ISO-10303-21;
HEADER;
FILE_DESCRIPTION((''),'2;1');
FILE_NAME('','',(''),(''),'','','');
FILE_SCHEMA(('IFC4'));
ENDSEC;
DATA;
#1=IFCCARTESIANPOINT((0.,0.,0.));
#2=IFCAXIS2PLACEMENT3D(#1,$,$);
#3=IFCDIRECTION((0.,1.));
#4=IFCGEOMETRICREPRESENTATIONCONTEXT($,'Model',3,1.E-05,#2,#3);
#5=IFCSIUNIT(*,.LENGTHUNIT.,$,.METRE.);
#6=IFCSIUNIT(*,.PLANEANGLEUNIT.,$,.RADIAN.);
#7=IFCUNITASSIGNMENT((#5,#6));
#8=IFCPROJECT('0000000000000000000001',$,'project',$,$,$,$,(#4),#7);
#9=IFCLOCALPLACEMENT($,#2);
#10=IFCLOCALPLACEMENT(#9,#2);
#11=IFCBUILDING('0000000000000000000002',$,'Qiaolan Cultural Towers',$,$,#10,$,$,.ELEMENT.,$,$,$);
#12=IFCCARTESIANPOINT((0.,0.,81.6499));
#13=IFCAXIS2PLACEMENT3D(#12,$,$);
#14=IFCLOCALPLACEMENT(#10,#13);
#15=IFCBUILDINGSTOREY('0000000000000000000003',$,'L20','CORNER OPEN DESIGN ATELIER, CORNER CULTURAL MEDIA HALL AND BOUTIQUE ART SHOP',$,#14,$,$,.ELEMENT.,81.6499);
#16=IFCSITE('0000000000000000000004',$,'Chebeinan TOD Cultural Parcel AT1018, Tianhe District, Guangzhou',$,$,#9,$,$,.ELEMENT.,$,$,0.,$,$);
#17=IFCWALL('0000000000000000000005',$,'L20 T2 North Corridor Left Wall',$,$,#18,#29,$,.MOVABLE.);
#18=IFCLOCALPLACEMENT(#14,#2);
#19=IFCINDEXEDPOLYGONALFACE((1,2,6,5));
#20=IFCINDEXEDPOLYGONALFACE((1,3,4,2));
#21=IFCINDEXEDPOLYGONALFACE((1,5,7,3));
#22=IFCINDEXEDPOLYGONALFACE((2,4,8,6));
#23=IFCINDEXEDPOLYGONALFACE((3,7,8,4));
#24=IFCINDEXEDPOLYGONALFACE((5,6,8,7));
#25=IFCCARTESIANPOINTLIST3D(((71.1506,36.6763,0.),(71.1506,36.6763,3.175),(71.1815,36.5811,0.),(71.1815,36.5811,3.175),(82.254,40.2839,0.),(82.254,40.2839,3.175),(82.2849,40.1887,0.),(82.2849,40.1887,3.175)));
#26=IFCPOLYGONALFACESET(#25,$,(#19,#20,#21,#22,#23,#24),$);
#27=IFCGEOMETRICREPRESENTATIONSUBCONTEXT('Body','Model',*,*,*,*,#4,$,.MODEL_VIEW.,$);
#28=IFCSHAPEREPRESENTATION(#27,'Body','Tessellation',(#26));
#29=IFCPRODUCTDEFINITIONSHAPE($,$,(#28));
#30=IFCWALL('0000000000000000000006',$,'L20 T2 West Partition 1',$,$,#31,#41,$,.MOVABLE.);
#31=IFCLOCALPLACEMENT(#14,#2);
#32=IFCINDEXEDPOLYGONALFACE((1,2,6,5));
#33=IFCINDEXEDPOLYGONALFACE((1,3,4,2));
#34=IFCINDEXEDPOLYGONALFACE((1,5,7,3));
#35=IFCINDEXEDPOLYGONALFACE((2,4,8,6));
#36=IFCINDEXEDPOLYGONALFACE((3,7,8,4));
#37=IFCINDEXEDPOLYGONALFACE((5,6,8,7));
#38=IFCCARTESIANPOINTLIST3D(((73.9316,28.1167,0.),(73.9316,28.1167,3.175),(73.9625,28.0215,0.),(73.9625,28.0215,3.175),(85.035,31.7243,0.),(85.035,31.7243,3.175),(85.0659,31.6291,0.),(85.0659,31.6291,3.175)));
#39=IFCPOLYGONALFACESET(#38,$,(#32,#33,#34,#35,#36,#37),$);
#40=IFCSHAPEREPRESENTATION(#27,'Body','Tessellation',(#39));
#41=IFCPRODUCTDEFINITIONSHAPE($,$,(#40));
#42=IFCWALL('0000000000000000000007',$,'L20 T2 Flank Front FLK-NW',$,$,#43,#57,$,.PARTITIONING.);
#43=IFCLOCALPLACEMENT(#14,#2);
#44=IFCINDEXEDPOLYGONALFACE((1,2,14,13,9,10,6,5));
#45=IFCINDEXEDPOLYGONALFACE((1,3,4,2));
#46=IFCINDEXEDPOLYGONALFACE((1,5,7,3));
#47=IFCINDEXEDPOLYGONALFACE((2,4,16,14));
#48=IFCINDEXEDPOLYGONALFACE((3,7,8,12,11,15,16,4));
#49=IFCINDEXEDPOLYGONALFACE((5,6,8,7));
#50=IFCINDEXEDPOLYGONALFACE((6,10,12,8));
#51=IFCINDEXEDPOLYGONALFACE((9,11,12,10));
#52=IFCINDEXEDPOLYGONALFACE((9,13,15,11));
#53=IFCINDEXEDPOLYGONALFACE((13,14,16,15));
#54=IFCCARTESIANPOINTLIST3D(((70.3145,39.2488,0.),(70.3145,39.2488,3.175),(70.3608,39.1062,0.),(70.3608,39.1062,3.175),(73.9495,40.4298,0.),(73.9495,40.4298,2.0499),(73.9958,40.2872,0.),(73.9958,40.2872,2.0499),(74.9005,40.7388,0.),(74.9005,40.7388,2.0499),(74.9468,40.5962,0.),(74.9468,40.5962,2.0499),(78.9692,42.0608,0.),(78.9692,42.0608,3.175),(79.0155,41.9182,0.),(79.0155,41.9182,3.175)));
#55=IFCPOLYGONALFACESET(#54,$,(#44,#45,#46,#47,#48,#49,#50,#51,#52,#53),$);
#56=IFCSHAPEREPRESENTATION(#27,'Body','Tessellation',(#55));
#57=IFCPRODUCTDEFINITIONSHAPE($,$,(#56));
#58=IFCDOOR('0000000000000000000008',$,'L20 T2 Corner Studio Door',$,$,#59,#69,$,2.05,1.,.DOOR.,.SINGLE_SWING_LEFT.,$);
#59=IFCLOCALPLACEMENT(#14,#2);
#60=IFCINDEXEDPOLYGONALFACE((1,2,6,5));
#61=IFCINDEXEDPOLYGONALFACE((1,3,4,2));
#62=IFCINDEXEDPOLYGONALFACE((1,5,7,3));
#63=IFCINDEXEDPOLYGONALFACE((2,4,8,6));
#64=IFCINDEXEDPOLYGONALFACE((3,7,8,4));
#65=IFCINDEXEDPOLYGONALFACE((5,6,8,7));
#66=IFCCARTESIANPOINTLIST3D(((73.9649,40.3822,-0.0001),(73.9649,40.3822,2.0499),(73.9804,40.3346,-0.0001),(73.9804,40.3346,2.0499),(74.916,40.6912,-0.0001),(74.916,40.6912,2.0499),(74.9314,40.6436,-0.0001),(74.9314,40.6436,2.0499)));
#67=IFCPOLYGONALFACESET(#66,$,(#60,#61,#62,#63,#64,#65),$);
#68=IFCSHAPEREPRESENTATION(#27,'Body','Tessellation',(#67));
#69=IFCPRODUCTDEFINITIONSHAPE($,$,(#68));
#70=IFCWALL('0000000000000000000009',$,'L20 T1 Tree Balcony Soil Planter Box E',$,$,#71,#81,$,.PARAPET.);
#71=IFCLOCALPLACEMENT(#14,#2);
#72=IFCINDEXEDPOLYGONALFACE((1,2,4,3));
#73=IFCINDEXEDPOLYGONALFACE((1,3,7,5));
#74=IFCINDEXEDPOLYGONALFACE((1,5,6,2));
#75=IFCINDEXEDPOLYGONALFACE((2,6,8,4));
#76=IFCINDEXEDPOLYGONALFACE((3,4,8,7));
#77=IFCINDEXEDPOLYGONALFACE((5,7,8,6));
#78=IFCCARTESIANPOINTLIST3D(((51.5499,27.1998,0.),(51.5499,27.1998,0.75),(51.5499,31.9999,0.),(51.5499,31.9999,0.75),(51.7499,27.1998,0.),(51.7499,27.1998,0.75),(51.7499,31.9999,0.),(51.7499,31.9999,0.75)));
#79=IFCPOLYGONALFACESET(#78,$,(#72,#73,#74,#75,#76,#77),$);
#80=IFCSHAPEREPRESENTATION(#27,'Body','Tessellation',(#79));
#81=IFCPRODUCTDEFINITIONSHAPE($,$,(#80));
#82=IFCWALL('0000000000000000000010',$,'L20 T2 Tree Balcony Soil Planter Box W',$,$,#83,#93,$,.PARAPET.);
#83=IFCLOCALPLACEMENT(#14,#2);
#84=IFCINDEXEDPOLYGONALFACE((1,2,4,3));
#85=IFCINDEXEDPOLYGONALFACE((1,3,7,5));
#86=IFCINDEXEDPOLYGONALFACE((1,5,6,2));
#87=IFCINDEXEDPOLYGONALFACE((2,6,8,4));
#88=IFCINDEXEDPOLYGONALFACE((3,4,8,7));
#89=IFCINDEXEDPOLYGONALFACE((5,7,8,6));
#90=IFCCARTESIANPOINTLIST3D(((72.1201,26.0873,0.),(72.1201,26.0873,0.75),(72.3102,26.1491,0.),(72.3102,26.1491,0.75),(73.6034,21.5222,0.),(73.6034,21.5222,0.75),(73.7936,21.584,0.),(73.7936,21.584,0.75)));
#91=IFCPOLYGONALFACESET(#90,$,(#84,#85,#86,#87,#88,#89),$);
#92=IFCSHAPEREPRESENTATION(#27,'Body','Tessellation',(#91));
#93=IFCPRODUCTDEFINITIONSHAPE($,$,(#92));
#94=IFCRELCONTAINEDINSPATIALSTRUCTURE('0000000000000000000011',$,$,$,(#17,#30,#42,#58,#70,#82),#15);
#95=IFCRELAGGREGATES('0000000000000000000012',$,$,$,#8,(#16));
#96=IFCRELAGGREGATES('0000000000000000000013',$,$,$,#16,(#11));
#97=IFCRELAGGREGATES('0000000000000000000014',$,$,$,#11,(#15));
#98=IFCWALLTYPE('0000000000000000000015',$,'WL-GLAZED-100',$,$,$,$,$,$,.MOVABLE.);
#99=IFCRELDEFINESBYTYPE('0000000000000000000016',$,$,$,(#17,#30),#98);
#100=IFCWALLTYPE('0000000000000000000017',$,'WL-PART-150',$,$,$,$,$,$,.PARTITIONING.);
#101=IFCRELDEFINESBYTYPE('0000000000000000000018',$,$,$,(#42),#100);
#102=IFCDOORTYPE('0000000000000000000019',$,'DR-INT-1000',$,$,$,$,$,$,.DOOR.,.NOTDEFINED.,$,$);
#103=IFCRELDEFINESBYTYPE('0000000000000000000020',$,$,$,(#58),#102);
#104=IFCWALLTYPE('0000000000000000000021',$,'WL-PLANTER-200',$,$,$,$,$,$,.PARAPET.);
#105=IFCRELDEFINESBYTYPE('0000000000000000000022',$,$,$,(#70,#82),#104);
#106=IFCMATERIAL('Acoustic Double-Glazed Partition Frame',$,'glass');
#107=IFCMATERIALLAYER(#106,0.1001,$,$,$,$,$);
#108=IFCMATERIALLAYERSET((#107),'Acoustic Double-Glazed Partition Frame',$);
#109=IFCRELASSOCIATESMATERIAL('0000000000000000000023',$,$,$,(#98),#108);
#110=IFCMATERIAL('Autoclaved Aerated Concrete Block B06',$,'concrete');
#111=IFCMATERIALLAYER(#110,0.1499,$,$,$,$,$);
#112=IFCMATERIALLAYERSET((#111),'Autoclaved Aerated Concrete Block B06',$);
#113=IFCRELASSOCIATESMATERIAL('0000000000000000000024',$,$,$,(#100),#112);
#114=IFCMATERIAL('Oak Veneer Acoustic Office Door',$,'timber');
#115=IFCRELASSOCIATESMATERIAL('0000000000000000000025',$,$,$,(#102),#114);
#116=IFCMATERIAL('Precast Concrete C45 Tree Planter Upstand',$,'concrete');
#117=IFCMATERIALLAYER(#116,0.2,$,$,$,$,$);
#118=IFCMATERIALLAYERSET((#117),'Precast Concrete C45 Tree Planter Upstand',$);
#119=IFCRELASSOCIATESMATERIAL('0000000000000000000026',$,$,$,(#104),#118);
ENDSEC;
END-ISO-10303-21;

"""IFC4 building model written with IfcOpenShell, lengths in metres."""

from ifc_helpers import new_model, si_unit, direction, frame, frame_2d, origin, place, context, subcontext, project, spatial, rectangle, extrude, material, layer, layer_set, type_object, element, fill, save


model = new_model("IFC4")

# Units and contexts
model_context = context("Model", 3, precision=1e-05, world=origin(), true_north=direction((0.0, 1.0)))
body_context = subcontext(model_context, "Body", "Model", "MODEL_VIEW")
ifc_project = project(units=[si_unit("LENGTHUNIT", "METRE"), si_unit("PLANEANGLEUNIT", "RADIAN")], contexts=[model_context])

# Site, building, storey
site_placement = place(None, origin())
site = spatial("IfcSite", under=ifc_project, at=site_placement, Name="Chebeinan TOD Cultural Parcel AT1018, Tianhe District, Guangzhou", CompositionType="ELEMENT", RefElevation=0.0)
building_placement = place(site_placement, origin())
building = spatial("IfcBuilding", under=site, at=building_placement, Name="Qiaolan Cultural Towers", CompositionType="ELEMENT")
storey_placement = place(building_placement, frame((0.0, 0.0, 81.6499)))
storey = spatial("IfcBuildingStorey", under=building, at=storey_placement, Name="L20", Description="CORNER OPEN DESIGN ATELIER, CORNER CULTURAL MEDIA HALL AND BOUTIQUE ART SHOP", CompositionType="ELEMENT", Elevation=81.6499)

# Walls
ifc_material_1 = material(Name="Acoustic Double-Glazed Partition Frame", Category="glass")
ifc_layer_1 = layer(ifc_material_1, 0.1001)
ifc_layer_set_1 = layer_set([ifc_layer_1], Name="Acoustic Double-Glazed Partition Frame")
wall_type_1 = type_object("IfcWallType", Name="WL-GLAZED-100", PredefinedType="MOVABLE", material=ifc_layer_set_1)
for number, where, z_axis, x_axis, name in (
    (1, (71.166, 36.6287, 0.0), (0.0, 0.0, 1.0), (0.951059, 0.30901, 0.0), "L20 T2 North Corridor Left Wall"),
    (2, (73.947, 28.0691, 0.0), (0.0, 0.0, 1.0), (0.951059, 0.30901, 0.0), "L20 T2 West Partition 1"),
):
    element("IfcWall", number, at=place(storey_placement, frame(where, z_axis=z_axis, x_axis=x_axis)), inside=storey, type_object=wall_type_1, Name=name, PredefinedType="MOVABLE", context=body_context, shape_type="SweptSolid", body=[
        extrude(rectangle(XDim=11.6748, YDim=0.1001, at=frame_2d((5.8374, 0.0))), origin(), (0.0, 0.0, 1.0), 3.175),
    ])

# Wall, opening, door
ifc_material_2 = material(Name="Autoclaved Aerated Concrete Block B06", Category="concrete")
ifc_layer_2 = layer(ifc_material_2, 0.1499)
ifc_layer_set_2 = layer_set([ifc_layer_2], Name="Autoclaved Aerated Concrete Block B06")
wall_type_2 = type_object("IfcWallType", Name="WL-PART-150", PredefinedType="PARTITIONING", material=ifc_layer_set_2)
wall_1_placement = place(storey_placement, frame((70.3376, 39.1775, 0.0), z_axis=(0.0, 0.0, 1.0), x_axis=(0.95106, 0.309007, 0.0)))
wall_1 = element("IfcWall", 3, at=wall_1_placement, inside=storey, type_object=wall_type_2, Name="L20 T2 Flank Front FLK-NW", PredefinedType="PARTITIONING", context=body_context, shape_type="SweptSolid", body=[
    extrude(rectangle(XDim=9.1001, YDim=0.1499, at=frame_2d((4.55, 0.0))), origin(), (0.0, 0.0, 1.0), 3.175),
])
opening_placement = place(wall_1_placement, frame((3.822, 0.0, 0.0)))
opening = element("IfcOpeningElement", 4, at=opening_placement, cuts=wall_1, PredefinedType="OPENING", context=body_context, shape_type="SweptSolid", body=[
    extrude(rectangle(XDim=1.0, YDim=2.05, at=frame_2d((0.5, 1.0249))), frame((0.0, 0.085, 0.0), z_axis=(0.0, -1.0, 0.0), x_axis=(1.0, 0.0, 0.0)), (0.0, 0.0, 1.0), 0.1699),
])
ifc_material_3 = material(Name="Oak Veneer Acoustic Office Door", Category="timber")
door_type = type_object("IfcDoorType", Name="DR-INT-1000", OperationType="NOTDEFINED", PredefinedType="DOOR", material=ifc_material_3)
door_placement = place(opening_placement, origin())
door = element("IfcDoor", 5, at=door_placement, inside=storey, type_object=door_type, Name="L20 T2 Corner Studio Door", OperationType="SINGLE_SWING_LEFT", OverallHeight=2.05, OverallWidth=1.0, PredefinedType="DOOR", context=body_context, shape_type="SweptSolid", body=[
    extrude(rectangle(XDim=1.0, YDim=2.05, at=frame_2d((0.5, 1.0249))), frame((0.0, 0.0249, 0.0), z_axis=(0.0, -1.0, 0.0), x_axis=(1.0, 0.0, 0.0)), (0.0, 0.0, 1.0), 0.05),
])
fill(opening, door)

# Walls
ifc_material_4 = material(Name="Precast Concrete C45 Tree Planter Upstand", Category="concrete")
ifc_layer_3 = layer(ifc_material_4, 0.2)
ifc_layer_set_3 = layer_set([ifc_layer_3], Name="Precast Concrete C45 Tree Planter Upstand")
wall_type_3 = type_object("IfcWallType", Name="WL-PLANTER-200", PredefinedType="PARAPET", material=ifc_layer_set_3)
for number, where, z_axis, x_axis, name in (
    (6, (51.6499, 27.2, 0.0), (0.0, 0.0, 1.0), (0.0, 1.0, 0.0), "L20 T1 Tree Balcony Soil Planter Box E"),
    (7, (73.6985, 21.5532, 0.0), (0.0, 0.0, 1.0), (-0.309032, 0.951052, 0.0), "L20 T2 Tree Balcony Soil Planter Box W"),
):
    element("IfcWall", number, at=place(storey_placement, frame(where, z_axis=z_axis, x_axis=x_axis)), inside=storey, type_object=wall_type_3, Name=name, PredefinedType="PARAPET", context=body_context, shape_type="SweptSolid", body=[
        extrude(rectangle(XDim=4.8, YDim=0.2, at=frame_2d((2.3999, 0.0))), origin(), (0.0, 0.0, 1.0), 0.75),
    ])

save(model, "model.ifc")
